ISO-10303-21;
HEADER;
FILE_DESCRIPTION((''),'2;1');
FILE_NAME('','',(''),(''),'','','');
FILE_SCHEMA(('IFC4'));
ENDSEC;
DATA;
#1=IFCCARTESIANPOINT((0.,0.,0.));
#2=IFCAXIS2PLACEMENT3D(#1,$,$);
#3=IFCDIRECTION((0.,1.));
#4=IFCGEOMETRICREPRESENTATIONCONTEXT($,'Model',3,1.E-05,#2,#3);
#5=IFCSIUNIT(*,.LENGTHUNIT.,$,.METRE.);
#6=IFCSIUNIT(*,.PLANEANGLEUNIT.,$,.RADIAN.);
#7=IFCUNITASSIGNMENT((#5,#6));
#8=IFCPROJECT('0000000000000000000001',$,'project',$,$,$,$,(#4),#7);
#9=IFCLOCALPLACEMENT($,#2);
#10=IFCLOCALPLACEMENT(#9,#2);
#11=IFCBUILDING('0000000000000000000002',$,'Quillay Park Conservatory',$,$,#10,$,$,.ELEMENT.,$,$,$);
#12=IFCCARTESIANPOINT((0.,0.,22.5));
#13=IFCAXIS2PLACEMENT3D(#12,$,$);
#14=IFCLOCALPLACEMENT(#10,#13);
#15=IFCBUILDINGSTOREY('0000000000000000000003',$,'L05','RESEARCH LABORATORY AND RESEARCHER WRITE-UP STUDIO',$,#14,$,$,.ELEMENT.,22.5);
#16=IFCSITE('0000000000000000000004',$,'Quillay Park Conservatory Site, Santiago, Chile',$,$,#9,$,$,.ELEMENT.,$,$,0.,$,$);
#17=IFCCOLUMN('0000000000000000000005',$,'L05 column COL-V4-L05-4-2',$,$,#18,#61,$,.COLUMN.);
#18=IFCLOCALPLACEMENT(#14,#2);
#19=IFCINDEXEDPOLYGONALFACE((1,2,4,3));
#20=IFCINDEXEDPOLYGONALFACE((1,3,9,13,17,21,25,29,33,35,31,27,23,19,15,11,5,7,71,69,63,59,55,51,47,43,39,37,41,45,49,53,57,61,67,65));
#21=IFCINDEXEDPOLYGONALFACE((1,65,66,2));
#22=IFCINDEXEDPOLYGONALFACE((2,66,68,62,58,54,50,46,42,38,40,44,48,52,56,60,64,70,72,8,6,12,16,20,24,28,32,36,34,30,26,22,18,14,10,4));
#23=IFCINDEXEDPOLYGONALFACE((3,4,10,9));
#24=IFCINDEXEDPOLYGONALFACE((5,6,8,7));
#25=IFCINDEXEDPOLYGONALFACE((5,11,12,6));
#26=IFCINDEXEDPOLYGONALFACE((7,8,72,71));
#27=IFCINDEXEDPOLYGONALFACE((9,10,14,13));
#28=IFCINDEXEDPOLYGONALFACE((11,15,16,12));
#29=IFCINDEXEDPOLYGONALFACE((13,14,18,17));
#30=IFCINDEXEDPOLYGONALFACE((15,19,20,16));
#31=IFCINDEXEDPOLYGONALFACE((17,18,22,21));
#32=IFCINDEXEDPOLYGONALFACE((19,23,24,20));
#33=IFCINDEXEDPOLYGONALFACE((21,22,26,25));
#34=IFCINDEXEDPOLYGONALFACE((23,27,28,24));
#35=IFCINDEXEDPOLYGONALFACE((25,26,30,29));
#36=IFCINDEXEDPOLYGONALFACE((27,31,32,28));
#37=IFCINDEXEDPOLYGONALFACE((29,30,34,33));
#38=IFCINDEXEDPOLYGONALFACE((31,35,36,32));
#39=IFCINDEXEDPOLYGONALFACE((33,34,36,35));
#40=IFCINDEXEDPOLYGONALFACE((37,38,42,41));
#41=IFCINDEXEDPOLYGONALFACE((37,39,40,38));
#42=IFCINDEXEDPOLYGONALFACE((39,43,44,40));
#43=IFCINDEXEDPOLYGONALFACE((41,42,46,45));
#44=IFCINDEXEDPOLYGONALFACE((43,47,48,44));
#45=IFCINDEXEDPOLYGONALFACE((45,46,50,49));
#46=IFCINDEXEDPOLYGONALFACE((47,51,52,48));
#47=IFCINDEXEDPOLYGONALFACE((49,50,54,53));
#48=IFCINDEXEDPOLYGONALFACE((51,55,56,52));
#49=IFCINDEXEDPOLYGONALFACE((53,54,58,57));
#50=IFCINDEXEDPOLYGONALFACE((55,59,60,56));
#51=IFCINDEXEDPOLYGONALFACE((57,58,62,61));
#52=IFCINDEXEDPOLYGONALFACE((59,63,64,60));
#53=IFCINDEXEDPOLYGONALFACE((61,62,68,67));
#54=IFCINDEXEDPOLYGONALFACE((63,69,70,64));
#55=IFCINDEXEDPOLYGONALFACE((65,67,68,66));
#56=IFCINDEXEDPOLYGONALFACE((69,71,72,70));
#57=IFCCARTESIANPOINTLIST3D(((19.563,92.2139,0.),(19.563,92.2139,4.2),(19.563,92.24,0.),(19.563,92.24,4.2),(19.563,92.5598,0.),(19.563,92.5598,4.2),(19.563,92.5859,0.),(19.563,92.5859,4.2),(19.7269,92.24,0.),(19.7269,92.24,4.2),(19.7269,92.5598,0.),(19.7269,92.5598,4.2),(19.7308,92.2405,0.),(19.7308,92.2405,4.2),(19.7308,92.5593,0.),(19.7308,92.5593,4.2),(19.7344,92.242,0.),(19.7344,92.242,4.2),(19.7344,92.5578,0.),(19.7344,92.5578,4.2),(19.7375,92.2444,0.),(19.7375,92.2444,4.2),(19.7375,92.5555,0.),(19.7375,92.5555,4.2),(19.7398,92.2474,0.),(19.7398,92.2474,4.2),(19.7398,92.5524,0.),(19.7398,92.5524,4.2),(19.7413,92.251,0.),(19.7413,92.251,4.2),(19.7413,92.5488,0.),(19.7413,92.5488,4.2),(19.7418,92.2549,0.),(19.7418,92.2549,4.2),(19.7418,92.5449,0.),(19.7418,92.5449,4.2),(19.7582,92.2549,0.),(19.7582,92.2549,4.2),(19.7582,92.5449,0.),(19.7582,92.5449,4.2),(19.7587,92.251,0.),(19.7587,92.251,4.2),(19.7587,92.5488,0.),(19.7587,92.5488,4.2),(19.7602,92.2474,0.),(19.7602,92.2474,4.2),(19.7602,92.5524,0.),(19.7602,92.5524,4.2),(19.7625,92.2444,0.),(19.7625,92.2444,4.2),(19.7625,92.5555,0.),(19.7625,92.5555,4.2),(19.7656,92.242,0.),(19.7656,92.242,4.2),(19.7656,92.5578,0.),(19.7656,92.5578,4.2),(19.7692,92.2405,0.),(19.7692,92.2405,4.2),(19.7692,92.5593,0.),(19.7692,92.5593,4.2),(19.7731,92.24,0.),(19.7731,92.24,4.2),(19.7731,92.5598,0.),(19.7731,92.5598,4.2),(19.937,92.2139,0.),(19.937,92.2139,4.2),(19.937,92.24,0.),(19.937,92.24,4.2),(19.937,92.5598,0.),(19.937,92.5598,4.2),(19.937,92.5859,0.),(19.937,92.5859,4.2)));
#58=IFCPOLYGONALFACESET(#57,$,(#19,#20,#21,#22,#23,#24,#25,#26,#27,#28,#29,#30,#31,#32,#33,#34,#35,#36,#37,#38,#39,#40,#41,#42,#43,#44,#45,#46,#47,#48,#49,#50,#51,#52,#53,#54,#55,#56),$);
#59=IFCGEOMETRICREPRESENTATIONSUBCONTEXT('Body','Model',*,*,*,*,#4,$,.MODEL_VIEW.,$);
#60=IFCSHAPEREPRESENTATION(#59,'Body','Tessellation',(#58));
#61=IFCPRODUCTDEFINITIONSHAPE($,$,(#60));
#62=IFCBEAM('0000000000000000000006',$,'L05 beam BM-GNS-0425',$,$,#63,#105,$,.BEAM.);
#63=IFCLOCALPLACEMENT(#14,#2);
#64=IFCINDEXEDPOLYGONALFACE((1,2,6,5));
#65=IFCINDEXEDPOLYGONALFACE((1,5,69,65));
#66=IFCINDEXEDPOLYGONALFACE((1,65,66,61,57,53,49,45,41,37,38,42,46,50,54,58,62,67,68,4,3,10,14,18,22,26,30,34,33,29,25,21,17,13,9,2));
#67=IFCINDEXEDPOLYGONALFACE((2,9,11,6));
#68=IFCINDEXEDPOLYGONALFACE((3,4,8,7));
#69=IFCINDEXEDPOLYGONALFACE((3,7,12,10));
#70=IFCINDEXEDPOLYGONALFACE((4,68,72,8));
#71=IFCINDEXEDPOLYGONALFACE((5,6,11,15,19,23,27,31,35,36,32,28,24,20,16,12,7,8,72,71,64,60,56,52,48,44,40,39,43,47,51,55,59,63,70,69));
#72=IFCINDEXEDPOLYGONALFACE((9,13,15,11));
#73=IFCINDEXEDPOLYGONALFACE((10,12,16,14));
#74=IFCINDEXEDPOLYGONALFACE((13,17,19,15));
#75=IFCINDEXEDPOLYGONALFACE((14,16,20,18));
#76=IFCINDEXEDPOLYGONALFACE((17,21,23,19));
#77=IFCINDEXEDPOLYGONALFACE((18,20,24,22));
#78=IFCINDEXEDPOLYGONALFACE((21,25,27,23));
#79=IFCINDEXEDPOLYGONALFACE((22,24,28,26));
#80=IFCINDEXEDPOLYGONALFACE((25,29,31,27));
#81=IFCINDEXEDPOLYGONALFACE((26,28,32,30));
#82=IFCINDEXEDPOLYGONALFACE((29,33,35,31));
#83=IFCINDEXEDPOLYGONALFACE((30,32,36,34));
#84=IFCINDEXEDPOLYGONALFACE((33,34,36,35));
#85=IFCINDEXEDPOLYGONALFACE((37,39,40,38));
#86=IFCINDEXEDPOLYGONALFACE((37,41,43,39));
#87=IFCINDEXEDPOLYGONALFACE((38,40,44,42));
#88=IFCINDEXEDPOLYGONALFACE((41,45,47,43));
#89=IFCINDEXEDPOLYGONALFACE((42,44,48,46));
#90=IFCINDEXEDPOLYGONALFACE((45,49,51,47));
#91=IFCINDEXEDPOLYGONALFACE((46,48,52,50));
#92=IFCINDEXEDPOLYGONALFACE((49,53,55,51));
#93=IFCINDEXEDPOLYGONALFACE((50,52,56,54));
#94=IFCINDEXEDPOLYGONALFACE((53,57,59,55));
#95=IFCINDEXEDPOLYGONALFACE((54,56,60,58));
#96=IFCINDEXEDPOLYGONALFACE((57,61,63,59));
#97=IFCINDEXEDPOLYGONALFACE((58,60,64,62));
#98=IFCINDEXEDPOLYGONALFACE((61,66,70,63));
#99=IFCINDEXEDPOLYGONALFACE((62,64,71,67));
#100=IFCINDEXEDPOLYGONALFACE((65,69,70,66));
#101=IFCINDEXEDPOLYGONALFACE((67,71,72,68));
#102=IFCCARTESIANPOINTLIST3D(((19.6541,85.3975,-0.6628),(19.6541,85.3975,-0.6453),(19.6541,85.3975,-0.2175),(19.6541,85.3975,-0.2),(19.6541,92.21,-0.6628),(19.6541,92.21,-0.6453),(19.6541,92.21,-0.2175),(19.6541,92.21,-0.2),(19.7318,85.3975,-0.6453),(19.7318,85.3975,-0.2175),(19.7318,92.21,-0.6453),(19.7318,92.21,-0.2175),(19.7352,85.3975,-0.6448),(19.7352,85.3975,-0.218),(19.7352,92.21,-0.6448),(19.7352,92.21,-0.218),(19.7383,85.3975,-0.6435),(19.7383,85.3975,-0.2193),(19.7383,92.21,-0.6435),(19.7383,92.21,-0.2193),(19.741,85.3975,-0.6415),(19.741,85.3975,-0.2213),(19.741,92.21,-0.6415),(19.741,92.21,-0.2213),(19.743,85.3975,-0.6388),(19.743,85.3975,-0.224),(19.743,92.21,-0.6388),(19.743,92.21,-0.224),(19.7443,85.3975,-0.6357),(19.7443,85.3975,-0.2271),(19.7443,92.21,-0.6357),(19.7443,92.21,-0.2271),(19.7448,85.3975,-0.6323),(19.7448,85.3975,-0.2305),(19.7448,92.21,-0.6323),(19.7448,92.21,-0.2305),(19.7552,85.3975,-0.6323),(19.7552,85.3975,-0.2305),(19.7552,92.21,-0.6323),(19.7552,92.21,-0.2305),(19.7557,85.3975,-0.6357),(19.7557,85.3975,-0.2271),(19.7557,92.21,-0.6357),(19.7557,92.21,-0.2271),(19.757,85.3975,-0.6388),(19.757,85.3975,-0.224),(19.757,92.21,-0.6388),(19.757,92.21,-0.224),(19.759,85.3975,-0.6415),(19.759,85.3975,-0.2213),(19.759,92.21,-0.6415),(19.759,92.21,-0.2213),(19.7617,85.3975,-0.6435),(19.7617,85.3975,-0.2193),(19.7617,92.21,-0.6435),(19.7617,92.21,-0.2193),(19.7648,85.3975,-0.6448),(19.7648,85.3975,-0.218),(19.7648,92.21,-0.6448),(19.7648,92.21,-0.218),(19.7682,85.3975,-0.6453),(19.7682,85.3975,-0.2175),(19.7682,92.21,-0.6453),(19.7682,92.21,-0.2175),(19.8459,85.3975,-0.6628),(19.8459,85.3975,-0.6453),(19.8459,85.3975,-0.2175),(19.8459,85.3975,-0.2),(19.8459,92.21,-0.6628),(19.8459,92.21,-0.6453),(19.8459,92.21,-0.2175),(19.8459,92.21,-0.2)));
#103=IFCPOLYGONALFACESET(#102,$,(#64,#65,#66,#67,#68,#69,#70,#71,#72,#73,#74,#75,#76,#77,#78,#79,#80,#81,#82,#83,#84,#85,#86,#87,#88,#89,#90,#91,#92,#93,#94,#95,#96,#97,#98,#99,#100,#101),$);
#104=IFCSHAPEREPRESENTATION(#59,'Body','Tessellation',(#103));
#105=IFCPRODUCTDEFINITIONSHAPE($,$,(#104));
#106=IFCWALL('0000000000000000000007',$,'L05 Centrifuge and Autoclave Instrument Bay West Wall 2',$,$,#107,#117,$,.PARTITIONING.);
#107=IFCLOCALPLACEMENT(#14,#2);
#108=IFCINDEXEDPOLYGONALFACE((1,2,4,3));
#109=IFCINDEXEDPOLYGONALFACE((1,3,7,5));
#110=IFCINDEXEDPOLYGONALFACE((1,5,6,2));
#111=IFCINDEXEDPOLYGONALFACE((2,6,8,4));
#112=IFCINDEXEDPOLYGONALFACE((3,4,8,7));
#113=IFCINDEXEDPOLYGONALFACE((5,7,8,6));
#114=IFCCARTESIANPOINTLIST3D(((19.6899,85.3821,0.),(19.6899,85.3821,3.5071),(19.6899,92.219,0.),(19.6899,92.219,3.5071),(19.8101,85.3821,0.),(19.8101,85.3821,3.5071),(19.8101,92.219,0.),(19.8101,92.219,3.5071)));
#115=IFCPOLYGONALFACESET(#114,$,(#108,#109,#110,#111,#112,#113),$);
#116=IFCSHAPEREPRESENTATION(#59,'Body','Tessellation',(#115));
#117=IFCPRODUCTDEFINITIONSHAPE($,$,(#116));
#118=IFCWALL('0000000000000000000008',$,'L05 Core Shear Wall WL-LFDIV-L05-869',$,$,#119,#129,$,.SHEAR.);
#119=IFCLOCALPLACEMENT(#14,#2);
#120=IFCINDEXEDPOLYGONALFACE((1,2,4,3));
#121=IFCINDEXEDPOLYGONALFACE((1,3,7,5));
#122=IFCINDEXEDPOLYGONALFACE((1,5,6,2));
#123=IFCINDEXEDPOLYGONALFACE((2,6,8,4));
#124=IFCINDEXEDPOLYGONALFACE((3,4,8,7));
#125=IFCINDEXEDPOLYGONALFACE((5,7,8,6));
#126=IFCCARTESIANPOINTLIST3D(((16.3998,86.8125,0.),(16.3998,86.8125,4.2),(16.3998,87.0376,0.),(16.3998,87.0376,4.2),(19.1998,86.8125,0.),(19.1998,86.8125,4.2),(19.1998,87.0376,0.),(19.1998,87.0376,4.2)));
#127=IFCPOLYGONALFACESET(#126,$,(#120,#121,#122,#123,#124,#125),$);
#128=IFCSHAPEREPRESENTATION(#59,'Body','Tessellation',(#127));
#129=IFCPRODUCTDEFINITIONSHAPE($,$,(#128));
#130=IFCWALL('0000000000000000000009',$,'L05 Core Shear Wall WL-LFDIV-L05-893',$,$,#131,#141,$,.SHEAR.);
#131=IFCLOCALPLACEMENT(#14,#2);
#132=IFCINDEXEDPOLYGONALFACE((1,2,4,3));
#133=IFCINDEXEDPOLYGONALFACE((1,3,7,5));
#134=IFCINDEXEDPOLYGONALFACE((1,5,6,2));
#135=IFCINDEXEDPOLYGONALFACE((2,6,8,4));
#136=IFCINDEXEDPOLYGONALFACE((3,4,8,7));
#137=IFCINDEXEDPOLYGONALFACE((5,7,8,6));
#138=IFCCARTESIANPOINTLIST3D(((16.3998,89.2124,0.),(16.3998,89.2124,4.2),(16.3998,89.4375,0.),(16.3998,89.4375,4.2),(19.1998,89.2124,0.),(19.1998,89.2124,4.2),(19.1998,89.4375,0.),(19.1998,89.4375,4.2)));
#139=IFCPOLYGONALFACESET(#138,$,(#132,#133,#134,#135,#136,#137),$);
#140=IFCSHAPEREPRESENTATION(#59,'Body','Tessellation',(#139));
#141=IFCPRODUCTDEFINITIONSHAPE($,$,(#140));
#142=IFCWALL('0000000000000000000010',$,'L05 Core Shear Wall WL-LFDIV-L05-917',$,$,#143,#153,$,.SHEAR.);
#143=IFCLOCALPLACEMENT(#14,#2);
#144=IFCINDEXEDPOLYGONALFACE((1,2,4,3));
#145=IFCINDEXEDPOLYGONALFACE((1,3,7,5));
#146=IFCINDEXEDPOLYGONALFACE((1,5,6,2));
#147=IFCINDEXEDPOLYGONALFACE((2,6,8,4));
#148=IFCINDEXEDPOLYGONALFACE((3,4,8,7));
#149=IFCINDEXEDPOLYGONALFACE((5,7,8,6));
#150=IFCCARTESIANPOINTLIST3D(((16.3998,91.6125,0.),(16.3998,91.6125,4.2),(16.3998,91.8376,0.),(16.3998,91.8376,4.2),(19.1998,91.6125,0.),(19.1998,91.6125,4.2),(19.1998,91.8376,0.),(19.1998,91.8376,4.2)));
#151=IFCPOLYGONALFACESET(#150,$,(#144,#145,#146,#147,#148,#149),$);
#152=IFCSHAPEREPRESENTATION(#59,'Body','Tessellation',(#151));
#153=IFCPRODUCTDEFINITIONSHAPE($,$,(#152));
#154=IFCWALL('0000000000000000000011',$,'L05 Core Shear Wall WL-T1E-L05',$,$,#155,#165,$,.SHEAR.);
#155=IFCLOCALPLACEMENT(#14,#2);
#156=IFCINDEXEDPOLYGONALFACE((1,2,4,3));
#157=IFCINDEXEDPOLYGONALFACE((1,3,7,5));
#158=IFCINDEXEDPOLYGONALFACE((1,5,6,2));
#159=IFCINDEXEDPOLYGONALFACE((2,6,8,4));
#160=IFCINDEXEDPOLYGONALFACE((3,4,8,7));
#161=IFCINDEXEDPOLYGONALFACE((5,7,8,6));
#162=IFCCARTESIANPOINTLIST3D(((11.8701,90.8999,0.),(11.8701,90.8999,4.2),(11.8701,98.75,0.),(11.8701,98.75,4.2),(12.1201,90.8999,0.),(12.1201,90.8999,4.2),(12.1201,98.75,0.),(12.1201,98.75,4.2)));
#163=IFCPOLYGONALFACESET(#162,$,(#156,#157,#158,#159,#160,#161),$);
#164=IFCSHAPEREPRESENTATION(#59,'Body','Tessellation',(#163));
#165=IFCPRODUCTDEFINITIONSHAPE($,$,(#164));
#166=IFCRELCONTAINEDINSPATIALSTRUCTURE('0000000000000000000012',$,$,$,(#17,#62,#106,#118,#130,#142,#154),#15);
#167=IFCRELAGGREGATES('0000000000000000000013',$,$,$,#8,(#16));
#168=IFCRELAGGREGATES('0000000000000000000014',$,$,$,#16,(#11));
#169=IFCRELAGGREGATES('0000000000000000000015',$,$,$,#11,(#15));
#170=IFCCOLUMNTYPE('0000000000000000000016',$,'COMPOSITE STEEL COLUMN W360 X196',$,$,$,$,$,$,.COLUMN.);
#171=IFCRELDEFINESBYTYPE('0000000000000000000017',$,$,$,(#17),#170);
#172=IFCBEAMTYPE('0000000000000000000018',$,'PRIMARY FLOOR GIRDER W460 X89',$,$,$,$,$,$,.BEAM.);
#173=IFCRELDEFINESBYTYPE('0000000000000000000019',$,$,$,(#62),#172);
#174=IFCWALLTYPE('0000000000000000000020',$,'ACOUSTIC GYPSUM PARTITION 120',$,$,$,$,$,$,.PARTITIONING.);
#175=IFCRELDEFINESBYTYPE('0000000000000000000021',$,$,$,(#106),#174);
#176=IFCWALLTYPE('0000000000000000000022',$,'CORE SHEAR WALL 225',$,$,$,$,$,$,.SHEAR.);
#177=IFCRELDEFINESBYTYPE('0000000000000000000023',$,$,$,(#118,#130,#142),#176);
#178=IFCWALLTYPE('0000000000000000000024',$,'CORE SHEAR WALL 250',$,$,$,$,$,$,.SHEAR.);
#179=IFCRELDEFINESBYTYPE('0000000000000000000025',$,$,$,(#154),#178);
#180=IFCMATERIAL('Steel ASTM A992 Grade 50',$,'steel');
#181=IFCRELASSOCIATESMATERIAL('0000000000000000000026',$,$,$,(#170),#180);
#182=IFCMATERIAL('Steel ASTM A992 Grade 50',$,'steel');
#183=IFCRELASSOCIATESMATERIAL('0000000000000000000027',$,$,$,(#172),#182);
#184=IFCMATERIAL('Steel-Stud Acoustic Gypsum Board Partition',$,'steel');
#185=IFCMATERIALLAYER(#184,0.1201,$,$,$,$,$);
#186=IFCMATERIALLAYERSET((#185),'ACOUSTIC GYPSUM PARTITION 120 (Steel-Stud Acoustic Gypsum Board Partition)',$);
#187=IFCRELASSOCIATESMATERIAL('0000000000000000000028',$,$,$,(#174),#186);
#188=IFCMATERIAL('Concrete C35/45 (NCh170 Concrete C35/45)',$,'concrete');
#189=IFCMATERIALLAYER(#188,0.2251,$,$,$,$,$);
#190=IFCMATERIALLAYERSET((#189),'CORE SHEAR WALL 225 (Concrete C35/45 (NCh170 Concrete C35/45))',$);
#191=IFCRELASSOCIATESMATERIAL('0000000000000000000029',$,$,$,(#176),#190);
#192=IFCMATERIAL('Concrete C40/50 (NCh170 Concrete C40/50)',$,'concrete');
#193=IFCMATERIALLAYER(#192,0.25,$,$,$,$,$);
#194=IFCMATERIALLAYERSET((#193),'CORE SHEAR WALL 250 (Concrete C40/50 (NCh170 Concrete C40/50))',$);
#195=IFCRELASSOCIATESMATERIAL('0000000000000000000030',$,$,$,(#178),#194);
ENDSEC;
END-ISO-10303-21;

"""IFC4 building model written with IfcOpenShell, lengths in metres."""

from ifc_helpers import new_model, si_unit, direction, frame, frame_2d, origin, origin_2d, place, context, subcontext, project, spatial, rectangle, i_section, extrude, material, layer, layer_set, material_profile, profile_set, type_object, element, save


model = new_model("IFC4")

# Units and contexts
model_context = context("Model", 3, precision=1e-05, world=origin(), true_north=direction((0.0, 1.0)))
body_context = subcontext(model_context, "Body", "Model", "MODEL_VIEW")
ifc_project = project(units=[si_unit("LENGTHUNIT", "METRE"), si_unit("PLANEANGLEUNIT", "RADIAN")], contexts=[model_context])

# Site, building, storey
site_placement = place(None, origin())
site = spatial("IfcSite", under=ifc_project, at=site_placement, Name="Quillay Park Conservatory Site, Santiago, Chile", CompositionType="ELEMENT", RefElevation=0.0)
building_placement = place(site_placement, origin())
building = spatial("IfcBuilding", under=site, at=building_placement, Name="Quillay Park Conservatory", CompositionType="ELEMENT")
storey_placement = place(building_placement, frame((0.0, 0.0, 22.5)))
storey = spatial("IfcBuildingStorey", under=building, at=storey_placement, Name="L05", Description="RESEARCH LABORATORY AND RESEARCHER WRITE-UP STUDIO", CompositionType="ELEMENT", Elevation=22.5)

# Column
ifc_material_1 = material(Name="Steel ASTM A992 Grade 50", Category="steel")
ifc_material_profile_1 = material_profile(ifc_material_1, i_section(OverallWidth=0.374, OverallDepth=0.3721, WebThickness=0.0164, FlangeThickness=0.0261, FilletRadius=0.0149, at=origin_2d()), Name="W360x196")
ifc_profile_set_1 = profile_set([ifc_material_profile_1], Name="Steel ASTM A992 Grade 50")
column_type = type_object("IfcColumnType", Name="COMPOSITE STEEL COLUMN W360 X196", PredefinedType="COLUMN", material=ifc_profile_set_1)
column_placement = place(storey_placement, frame((19.75, 92.3999, 0.0), z_axis=(0.0, 0.0, 1.0), x_axis=(1.0, 0.0, 0.0)))
element("IfcColumn", 1, at=column_placement, inside=storey, type_object=column_type, Name="L05 column COL-V4-L05-4-2", PredefinedType="COLUMN", context=body_context, shape_type="SweptSolid", body=[
    extrude(i_section(OverallWidth=0.374, OverallDepth=0.3721, WebThickness=0.0164, FlangeThickness=0.0261, FilletRadius=0.0149, at=origin_2d()), origin(), (0.0, 0.0, 1.0), 4.2),
])

# Beam
ifc_material_2 = material(Name="Steel ASTM A992 Grade 50", Category="steel")
ifc_material_profile_2 = material_profile(ifc_material_2, i_section(OverallWidth=0.1919, OverallDepth=0.4629, WebThickness=0.0105, FlangeThickness=0.0176, FilletRadius=0.0129, at=origin_2d()), Name="W460x89")
ifc_profile_set_2 = profile_set([ifc_material_profile_2], Name="Steel ASTM A992 Grade 50")
beam_type = type_object("IfcBeamType", Name="PRIMARY FLOOR GIRDER W460 X89", PredefinedType="BEAM", material=ifc_profile_set_2)
beam_placement = place(storey_placement, frame((19.75, 85.3975, -0.4314), z_axis=(0.0, 1.0, 0.0), x_axis=(-1.0, 0.0, 0.0)))
element("IfcBeam", 2, at=beam_placement, inside=storey, type_object=beam_type, Name="L05 beam BM-GNS-0425", PredefinedType="BEAM", context=body_context, shape_type="SweptSolid", body=[
    extrude(i_section(OverallWidth=0.1919, OverallDepth=0.4629, WebThickness=0.0105, FlangeThickness=0.0176, FilletRadius=0.0129, at=origin_2d()), origin(), (0.0, 0.0, 1.0), 6.8125),
])

# Walls
ifc_material_3 = material(Name="Steel-Stud Acoustic Gypsum Board Partition", Category="steel")
ifc_layer_1 = layer(ifc_material_3, 0.1201)
ifc_layer_set_1 = layer_set([ifc_layer_1], Name="ACOUSTIC GYPSUM PARTITION 120 (Steel-Stud Acoustic Gypsum Board Partition)")
wall_type_1 = type_object("IfcWallType", Name="ACOUSTIC GYPSUM PARTITION 120", PredefinedType="PARTITIONING", material=ifc_layer_set_1)
wall_1_placement = place(storey_placement, frame((19.75, 85.3821, 0.0), z_axis=(0.0, 0.0, 1.0), x_axis=(0.0, 1.0, 0.0)))
element("IfcWall", 3, at=wall_1_placement, inside=storey, type_object=wall_type_1, Name="L05 Centrifuge and Autoclave Instrument Bay West Wall 2", PredefinedType="PARTITIONING", context=body_context, shape_type="SweptSolid", body=[
    extrude(rectangle(XDim=6.8369, YDim=0.1201, at=frame_2d((3.4185, 0.0))), origin(), (0.0, 0.0, 1.0), 3.5071),
])
ifc_material_4 = material(Name="Concrete C35/45 (NCh170 Concrete C35/45)", Category="concrete")
ifc_layer_2 = layer(ifc_material_4, 0.2251)
ifc_layer_set_2 = layer_set([ifc_layer_2], Name="CORE SHEAR WALL 225 (Concrete C35/45 (NCh170 Concrete C35/45))")
wall_type_2 = type_object("IfcWallType", Name="CORE SHEAR WALL 225", PredefinedType="SHEAR", material=ifc_layer_set_2)
for number, where, z_axis, x_axis, name in (
    (4, (16.3999, 86.925, 0.0), (0.0, 0.0, 1.0), (1.0, 0.0, 0.0), "L05 Core Shear Wall WL-LFDIV-L05-869"),
    (5, (16.3999, 89.325, 0.0), (0.0, 0.0, 1.0), (1.0, 0.0, 0.0), "L05 Core Shear Wall WL-LFDIV-L05-893"),
    (6, (16.3999, 91.7251, 0.0), (0.0, 0.0, 1.0), (1.0, 0.0, 0.0), "L05 Core Shear Wall WL-LFDIV-L05-917"),
):
    element("IfcWall", number, at=place(storey_placement, frame(where, z_axis=z_axis, x_axis=x_axis)), inside=storey, type_object=wall_type_2, Name=name, PredefinedType="SHEAR", context=body_context, shape_type="SweptSolid", body=[
        extrude(rectangle(XDim=2.8, YDim=0.2251, at=frame_2d((1.3999, 0.0))), origin(), (0.0, 0.0, 1.0), 4.2),
    ])
ifc_material_5 = material(Name="Concrete C40/50 (NCh170 Concrete C40/50)", Category="concrete")
ifc_layer_3 = layer(ifc_material_5, 0.25)
ifc_layer_set_3 = layer_set([ifc_layer_3], Name="CORE SHEAR WALL 250 (Concrete C40/50 (NCh170 Concrete C40/50))")
wall_type_3 = type_object("IfcWallType", Name="CORE SHEAR WALL 250", PredefinedType="SHEAR", material=ifc_layer_set_3)
wall_2_placement = place(storey_placement, frame((11.9951, 90.8999, 0.0), z_axis=(0.0, 0.0, 1.0), x_axis=(0.0, 1.0, 0.0)))
element("IfcWall", 7, at=wall_2_placement, inside=storey, type_object=wall_type_3, Name="L05 Core Shear Wall WL-T1E-L05", PredefinedType="SHEAR", context=body_context, shape_type="SweptSolid", body=[
    extrude(rectangle(XDim=7.8501, YDim=0.25, at=frame_2d((3.925, 0.0))), origin(), (0.0, 0.0, 1.0), 4.2),
])

save(model, "model.ifc")
